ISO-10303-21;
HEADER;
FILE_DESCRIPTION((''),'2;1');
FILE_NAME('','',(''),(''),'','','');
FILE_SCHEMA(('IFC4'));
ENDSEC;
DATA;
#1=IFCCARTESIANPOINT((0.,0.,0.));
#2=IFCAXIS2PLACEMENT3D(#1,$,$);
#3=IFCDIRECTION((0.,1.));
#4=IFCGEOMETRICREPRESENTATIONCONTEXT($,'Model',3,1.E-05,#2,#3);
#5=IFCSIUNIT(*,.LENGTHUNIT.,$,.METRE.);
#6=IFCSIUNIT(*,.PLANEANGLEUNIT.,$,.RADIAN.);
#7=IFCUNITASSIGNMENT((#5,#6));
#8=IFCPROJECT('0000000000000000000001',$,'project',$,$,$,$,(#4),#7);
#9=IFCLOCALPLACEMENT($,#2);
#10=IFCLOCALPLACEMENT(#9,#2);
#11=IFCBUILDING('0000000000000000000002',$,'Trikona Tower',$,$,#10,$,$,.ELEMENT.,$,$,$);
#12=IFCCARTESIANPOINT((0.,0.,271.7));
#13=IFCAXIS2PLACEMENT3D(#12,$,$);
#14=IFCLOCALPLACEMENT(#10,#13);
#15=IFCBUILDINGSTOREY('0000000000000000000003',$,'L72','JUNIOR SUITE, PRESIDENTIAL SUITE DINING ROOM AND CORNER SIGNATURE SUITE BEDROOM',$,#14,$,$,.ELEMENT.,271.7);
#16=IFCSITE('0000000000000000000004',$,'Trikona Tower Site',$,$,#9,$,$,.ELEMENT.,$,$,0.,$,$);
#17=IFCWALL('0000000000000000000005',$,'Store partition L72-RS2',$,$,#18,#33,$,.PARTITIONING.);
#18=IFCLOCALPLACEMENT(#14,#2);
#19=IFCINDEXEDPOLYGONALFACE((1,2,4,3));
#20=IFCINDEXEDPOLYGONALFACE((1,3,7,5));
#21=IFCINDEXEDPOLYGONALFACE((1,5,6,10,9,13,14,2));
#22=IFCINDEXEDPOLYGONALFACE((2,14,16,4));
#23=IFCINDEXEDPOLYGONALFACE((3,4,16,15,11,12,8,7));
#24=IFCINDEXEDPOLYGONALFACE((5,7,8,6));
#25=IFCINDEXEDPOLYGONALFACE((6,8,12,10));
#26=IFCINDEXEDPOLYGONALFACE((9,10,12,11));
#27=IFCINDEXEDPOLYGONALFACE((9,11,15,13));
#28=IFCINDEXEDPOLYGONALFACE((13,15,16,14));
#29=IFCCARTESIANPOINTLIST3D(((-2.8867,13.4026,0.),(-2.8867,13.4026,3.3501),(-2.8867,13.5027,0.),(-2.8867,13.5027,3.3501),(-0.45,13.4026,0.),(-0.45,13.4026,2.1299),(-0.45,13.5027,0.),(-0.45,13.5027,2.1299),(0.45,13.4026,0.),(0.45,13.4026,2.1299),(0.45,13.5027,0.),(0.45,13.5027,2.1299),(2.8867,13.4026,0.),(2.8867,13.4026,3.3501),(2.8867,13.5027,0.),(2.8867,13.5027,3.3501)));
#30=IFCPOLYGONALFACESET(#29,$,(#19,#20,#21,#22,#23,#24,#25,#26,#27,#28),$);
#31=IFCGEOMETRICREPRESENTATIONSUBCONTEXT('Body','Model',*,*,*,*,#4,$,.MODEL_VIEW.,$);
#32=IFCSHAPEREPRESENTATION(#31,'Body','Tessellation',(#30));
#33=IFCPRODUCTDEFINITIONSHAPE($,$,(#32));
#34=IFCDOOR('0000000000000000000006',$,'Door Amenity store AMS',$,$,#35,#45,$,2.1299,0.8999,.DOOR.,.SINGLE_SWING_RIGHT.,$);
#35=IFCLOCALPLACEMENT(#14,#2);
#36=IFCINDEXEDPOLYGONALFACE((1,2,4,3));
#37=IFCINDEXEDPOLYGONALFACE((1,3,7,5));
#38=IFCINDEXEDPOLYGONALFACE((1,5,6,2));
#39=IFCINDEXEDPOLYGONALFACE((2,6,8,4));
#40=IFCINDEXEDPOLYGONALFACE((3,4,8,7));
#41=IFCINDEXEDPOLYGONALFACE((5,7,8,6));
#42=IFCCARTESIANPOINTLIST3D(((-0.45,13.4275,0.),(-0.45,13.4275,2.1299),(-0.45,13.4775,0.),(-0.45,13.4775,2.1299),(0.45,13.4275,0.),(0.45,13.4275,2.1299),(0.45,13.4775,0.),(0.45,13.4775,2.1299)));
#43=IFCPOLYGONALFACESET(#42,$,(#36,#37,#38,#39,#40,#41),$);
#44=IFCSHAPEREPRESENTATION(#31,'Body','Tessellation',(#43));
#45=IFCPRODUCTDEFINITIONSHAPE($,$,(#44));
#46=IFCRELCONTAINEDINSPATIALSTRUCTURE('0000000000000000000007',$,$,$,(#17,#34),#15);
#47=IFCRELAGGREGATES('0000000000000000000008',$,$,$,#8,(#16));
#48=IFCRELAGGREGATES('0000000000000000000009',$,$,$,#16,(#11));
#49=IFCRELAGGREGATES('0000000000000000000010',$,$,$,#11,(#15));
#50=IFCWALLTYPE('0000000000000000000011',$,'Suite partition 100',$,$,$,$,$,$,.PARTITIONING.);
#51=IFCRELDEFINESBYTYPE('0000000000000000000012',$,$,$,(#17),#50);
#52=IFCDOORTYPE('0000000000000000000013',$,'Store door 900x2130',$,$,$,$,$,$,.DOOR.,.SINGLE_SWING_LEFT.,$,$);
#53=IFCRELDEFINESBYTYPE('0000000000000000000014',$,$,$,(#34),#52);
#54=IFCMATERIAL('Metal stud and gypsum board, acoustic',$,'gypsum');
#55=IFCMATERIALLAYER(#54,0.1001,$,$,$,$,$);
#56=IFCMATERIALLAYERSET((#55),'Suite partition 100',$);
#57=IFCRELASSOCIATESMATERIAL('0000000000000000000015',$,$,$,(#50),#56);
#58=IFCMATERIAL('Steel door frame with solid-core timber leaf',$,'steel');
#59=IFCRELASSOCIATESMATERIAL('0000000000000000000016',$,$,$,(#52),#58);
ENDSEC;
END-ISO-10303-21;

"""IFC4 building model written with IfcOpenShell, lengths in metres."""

from ifc_helpers import new_model, si_unit, direction, frame, frame_2d, origin, place, context, subcontext, project, spatial, rectangle, extrude, material, layer, layer_set, type_object, element, fill, save


model = new_model("IFC4")

# Units and contexts
model_context = context("Model", 3, precision=1e-05, world=origin(), true_north=direction((0.0, 1.0)))
body_context = subcontext(model_context, "Body", "Model", "MODEL_VIEW")
ifc_project = project(units=[si_unit("LENGTHUNIT", "METRE"), si_unit("PLANEANGLEUNIT", "RADIAN")], contexts=[model_context])

# Site, building, storey
site_placement = place(None, origin())
site = spatial("IfcSite", under=ifc_project, at=site_placement, Name="Trikona Tower Site", CompositionType="ELEMENT", RefElevation=0.0)
building_placement = place(site_placement, origin())
building = spatial("IfcBuilding", under=site, at=building_placement, Name="Trikona Tower", CompositionType="ELEMENT")
storey_placement = place(building_placement, frame((0.0, 0.0, 271.7)))
storey = spatial("IfcBuildingStorey", under=building, at=storey_placement, Name="L72", Description="JUNIOR SUITE, PRESIDENTIAL SUITE DINING ROOM AND CORNER SIGNATURE SUITE BEDROOM", CompositionType="ELEMENT", Elevation=271.7)

# Wall, opening, door
ifc_material_1 = material(Name="Metal stud and gypsum board, acoustic", Category="gypsum")
ifc_layer_1 = layer(ifc_material_1, 0.1001)
ifc_layer_set_1 = layer_set([ifc_layer_1], Name="Suite partition 100")
wall_type_1 = type_object("IfcWallType", Name="Suite partition 100", PredefinedType="PARTITIONING", material=ifc_layer_set_1)
wall_1_placement = place(storey_placement, frame((-2.8867, 13.4526, 0.0), z_axis=(0.0, 0.0, 1.0), x_axis=(1.0, 0.0, 0.0)))
wall_1 = element("IfcWall", 1, at=wall_1_placement, inside=storey, type_object=wall_type_1, Name="Store partition L72-RS2", PredefinedType="PARTITIONING", context=body_context, shape_type="SweptSolid", body=[
    extrude(rectangle(XDim=5.7734, YDim=0.1001, at=frame_2d((2.8867, 0.0))), origin(), (0.0, 0.0, 1.0), 3.3501),
])
opening_1_placement = place(wall_1_placement, frame((2.4368, 0.0, 0.0)))
opening_1 = element("IfcOpeningElement", 2, at=opening_1_placement, cuts=wall_1, PredefinedType="OPENING", context=body_context, shape_type="SweptSolid", body=[
    extrude(rectangle(XDim=0.8999, YDim=2.1299, at=frame_2d((0.45, 1.0649))), frame((0.0, 0.0601, 0.0), z_axis=(0.0, -1.0, 0.0), x_axis=(1.0, 0.0, 0.0)), (0.0, 0.0, 1.0), 0.1201),
])
ifc_material_2 = material(Name="Steel door frame with solid-core timber leaf", Category="steel")
door_type_1 = type_object("IfcDoorType", Name="Store door 900x2130", OperationType="SINGLE_SWING_LEFT", PredefinedType="DOOR", material=ifc_material_2)
door_1_placement = place(opening_1_placement, origin())
door_1 = element("IfcDoor", 3, at=door_1_placement, inside=storey, type_object=door_type_1, Name="Door Amenity store AMS", OperationType="SINGLE_SWING_RIGHT", OverallHeight=2.1299, OverallWidth=0.8999, PredefinedType="DOOR", context=body_context, shape_type="SweptSolid", body=[
    extrude(rectangle(XDim=0.8999, YDim=2.1299, at=frame_2d((0.45, 1.0649))), frame((0.0, 0.0249, 0.0), z_axis=(0.0, -1.0, 0.0), x_axis=(1.0, 0.0, 0.0)), (0.0, 0.0, 1.0), 0.05),
])
fill(opening_1, door_1)

save(model, "model.ifc")
